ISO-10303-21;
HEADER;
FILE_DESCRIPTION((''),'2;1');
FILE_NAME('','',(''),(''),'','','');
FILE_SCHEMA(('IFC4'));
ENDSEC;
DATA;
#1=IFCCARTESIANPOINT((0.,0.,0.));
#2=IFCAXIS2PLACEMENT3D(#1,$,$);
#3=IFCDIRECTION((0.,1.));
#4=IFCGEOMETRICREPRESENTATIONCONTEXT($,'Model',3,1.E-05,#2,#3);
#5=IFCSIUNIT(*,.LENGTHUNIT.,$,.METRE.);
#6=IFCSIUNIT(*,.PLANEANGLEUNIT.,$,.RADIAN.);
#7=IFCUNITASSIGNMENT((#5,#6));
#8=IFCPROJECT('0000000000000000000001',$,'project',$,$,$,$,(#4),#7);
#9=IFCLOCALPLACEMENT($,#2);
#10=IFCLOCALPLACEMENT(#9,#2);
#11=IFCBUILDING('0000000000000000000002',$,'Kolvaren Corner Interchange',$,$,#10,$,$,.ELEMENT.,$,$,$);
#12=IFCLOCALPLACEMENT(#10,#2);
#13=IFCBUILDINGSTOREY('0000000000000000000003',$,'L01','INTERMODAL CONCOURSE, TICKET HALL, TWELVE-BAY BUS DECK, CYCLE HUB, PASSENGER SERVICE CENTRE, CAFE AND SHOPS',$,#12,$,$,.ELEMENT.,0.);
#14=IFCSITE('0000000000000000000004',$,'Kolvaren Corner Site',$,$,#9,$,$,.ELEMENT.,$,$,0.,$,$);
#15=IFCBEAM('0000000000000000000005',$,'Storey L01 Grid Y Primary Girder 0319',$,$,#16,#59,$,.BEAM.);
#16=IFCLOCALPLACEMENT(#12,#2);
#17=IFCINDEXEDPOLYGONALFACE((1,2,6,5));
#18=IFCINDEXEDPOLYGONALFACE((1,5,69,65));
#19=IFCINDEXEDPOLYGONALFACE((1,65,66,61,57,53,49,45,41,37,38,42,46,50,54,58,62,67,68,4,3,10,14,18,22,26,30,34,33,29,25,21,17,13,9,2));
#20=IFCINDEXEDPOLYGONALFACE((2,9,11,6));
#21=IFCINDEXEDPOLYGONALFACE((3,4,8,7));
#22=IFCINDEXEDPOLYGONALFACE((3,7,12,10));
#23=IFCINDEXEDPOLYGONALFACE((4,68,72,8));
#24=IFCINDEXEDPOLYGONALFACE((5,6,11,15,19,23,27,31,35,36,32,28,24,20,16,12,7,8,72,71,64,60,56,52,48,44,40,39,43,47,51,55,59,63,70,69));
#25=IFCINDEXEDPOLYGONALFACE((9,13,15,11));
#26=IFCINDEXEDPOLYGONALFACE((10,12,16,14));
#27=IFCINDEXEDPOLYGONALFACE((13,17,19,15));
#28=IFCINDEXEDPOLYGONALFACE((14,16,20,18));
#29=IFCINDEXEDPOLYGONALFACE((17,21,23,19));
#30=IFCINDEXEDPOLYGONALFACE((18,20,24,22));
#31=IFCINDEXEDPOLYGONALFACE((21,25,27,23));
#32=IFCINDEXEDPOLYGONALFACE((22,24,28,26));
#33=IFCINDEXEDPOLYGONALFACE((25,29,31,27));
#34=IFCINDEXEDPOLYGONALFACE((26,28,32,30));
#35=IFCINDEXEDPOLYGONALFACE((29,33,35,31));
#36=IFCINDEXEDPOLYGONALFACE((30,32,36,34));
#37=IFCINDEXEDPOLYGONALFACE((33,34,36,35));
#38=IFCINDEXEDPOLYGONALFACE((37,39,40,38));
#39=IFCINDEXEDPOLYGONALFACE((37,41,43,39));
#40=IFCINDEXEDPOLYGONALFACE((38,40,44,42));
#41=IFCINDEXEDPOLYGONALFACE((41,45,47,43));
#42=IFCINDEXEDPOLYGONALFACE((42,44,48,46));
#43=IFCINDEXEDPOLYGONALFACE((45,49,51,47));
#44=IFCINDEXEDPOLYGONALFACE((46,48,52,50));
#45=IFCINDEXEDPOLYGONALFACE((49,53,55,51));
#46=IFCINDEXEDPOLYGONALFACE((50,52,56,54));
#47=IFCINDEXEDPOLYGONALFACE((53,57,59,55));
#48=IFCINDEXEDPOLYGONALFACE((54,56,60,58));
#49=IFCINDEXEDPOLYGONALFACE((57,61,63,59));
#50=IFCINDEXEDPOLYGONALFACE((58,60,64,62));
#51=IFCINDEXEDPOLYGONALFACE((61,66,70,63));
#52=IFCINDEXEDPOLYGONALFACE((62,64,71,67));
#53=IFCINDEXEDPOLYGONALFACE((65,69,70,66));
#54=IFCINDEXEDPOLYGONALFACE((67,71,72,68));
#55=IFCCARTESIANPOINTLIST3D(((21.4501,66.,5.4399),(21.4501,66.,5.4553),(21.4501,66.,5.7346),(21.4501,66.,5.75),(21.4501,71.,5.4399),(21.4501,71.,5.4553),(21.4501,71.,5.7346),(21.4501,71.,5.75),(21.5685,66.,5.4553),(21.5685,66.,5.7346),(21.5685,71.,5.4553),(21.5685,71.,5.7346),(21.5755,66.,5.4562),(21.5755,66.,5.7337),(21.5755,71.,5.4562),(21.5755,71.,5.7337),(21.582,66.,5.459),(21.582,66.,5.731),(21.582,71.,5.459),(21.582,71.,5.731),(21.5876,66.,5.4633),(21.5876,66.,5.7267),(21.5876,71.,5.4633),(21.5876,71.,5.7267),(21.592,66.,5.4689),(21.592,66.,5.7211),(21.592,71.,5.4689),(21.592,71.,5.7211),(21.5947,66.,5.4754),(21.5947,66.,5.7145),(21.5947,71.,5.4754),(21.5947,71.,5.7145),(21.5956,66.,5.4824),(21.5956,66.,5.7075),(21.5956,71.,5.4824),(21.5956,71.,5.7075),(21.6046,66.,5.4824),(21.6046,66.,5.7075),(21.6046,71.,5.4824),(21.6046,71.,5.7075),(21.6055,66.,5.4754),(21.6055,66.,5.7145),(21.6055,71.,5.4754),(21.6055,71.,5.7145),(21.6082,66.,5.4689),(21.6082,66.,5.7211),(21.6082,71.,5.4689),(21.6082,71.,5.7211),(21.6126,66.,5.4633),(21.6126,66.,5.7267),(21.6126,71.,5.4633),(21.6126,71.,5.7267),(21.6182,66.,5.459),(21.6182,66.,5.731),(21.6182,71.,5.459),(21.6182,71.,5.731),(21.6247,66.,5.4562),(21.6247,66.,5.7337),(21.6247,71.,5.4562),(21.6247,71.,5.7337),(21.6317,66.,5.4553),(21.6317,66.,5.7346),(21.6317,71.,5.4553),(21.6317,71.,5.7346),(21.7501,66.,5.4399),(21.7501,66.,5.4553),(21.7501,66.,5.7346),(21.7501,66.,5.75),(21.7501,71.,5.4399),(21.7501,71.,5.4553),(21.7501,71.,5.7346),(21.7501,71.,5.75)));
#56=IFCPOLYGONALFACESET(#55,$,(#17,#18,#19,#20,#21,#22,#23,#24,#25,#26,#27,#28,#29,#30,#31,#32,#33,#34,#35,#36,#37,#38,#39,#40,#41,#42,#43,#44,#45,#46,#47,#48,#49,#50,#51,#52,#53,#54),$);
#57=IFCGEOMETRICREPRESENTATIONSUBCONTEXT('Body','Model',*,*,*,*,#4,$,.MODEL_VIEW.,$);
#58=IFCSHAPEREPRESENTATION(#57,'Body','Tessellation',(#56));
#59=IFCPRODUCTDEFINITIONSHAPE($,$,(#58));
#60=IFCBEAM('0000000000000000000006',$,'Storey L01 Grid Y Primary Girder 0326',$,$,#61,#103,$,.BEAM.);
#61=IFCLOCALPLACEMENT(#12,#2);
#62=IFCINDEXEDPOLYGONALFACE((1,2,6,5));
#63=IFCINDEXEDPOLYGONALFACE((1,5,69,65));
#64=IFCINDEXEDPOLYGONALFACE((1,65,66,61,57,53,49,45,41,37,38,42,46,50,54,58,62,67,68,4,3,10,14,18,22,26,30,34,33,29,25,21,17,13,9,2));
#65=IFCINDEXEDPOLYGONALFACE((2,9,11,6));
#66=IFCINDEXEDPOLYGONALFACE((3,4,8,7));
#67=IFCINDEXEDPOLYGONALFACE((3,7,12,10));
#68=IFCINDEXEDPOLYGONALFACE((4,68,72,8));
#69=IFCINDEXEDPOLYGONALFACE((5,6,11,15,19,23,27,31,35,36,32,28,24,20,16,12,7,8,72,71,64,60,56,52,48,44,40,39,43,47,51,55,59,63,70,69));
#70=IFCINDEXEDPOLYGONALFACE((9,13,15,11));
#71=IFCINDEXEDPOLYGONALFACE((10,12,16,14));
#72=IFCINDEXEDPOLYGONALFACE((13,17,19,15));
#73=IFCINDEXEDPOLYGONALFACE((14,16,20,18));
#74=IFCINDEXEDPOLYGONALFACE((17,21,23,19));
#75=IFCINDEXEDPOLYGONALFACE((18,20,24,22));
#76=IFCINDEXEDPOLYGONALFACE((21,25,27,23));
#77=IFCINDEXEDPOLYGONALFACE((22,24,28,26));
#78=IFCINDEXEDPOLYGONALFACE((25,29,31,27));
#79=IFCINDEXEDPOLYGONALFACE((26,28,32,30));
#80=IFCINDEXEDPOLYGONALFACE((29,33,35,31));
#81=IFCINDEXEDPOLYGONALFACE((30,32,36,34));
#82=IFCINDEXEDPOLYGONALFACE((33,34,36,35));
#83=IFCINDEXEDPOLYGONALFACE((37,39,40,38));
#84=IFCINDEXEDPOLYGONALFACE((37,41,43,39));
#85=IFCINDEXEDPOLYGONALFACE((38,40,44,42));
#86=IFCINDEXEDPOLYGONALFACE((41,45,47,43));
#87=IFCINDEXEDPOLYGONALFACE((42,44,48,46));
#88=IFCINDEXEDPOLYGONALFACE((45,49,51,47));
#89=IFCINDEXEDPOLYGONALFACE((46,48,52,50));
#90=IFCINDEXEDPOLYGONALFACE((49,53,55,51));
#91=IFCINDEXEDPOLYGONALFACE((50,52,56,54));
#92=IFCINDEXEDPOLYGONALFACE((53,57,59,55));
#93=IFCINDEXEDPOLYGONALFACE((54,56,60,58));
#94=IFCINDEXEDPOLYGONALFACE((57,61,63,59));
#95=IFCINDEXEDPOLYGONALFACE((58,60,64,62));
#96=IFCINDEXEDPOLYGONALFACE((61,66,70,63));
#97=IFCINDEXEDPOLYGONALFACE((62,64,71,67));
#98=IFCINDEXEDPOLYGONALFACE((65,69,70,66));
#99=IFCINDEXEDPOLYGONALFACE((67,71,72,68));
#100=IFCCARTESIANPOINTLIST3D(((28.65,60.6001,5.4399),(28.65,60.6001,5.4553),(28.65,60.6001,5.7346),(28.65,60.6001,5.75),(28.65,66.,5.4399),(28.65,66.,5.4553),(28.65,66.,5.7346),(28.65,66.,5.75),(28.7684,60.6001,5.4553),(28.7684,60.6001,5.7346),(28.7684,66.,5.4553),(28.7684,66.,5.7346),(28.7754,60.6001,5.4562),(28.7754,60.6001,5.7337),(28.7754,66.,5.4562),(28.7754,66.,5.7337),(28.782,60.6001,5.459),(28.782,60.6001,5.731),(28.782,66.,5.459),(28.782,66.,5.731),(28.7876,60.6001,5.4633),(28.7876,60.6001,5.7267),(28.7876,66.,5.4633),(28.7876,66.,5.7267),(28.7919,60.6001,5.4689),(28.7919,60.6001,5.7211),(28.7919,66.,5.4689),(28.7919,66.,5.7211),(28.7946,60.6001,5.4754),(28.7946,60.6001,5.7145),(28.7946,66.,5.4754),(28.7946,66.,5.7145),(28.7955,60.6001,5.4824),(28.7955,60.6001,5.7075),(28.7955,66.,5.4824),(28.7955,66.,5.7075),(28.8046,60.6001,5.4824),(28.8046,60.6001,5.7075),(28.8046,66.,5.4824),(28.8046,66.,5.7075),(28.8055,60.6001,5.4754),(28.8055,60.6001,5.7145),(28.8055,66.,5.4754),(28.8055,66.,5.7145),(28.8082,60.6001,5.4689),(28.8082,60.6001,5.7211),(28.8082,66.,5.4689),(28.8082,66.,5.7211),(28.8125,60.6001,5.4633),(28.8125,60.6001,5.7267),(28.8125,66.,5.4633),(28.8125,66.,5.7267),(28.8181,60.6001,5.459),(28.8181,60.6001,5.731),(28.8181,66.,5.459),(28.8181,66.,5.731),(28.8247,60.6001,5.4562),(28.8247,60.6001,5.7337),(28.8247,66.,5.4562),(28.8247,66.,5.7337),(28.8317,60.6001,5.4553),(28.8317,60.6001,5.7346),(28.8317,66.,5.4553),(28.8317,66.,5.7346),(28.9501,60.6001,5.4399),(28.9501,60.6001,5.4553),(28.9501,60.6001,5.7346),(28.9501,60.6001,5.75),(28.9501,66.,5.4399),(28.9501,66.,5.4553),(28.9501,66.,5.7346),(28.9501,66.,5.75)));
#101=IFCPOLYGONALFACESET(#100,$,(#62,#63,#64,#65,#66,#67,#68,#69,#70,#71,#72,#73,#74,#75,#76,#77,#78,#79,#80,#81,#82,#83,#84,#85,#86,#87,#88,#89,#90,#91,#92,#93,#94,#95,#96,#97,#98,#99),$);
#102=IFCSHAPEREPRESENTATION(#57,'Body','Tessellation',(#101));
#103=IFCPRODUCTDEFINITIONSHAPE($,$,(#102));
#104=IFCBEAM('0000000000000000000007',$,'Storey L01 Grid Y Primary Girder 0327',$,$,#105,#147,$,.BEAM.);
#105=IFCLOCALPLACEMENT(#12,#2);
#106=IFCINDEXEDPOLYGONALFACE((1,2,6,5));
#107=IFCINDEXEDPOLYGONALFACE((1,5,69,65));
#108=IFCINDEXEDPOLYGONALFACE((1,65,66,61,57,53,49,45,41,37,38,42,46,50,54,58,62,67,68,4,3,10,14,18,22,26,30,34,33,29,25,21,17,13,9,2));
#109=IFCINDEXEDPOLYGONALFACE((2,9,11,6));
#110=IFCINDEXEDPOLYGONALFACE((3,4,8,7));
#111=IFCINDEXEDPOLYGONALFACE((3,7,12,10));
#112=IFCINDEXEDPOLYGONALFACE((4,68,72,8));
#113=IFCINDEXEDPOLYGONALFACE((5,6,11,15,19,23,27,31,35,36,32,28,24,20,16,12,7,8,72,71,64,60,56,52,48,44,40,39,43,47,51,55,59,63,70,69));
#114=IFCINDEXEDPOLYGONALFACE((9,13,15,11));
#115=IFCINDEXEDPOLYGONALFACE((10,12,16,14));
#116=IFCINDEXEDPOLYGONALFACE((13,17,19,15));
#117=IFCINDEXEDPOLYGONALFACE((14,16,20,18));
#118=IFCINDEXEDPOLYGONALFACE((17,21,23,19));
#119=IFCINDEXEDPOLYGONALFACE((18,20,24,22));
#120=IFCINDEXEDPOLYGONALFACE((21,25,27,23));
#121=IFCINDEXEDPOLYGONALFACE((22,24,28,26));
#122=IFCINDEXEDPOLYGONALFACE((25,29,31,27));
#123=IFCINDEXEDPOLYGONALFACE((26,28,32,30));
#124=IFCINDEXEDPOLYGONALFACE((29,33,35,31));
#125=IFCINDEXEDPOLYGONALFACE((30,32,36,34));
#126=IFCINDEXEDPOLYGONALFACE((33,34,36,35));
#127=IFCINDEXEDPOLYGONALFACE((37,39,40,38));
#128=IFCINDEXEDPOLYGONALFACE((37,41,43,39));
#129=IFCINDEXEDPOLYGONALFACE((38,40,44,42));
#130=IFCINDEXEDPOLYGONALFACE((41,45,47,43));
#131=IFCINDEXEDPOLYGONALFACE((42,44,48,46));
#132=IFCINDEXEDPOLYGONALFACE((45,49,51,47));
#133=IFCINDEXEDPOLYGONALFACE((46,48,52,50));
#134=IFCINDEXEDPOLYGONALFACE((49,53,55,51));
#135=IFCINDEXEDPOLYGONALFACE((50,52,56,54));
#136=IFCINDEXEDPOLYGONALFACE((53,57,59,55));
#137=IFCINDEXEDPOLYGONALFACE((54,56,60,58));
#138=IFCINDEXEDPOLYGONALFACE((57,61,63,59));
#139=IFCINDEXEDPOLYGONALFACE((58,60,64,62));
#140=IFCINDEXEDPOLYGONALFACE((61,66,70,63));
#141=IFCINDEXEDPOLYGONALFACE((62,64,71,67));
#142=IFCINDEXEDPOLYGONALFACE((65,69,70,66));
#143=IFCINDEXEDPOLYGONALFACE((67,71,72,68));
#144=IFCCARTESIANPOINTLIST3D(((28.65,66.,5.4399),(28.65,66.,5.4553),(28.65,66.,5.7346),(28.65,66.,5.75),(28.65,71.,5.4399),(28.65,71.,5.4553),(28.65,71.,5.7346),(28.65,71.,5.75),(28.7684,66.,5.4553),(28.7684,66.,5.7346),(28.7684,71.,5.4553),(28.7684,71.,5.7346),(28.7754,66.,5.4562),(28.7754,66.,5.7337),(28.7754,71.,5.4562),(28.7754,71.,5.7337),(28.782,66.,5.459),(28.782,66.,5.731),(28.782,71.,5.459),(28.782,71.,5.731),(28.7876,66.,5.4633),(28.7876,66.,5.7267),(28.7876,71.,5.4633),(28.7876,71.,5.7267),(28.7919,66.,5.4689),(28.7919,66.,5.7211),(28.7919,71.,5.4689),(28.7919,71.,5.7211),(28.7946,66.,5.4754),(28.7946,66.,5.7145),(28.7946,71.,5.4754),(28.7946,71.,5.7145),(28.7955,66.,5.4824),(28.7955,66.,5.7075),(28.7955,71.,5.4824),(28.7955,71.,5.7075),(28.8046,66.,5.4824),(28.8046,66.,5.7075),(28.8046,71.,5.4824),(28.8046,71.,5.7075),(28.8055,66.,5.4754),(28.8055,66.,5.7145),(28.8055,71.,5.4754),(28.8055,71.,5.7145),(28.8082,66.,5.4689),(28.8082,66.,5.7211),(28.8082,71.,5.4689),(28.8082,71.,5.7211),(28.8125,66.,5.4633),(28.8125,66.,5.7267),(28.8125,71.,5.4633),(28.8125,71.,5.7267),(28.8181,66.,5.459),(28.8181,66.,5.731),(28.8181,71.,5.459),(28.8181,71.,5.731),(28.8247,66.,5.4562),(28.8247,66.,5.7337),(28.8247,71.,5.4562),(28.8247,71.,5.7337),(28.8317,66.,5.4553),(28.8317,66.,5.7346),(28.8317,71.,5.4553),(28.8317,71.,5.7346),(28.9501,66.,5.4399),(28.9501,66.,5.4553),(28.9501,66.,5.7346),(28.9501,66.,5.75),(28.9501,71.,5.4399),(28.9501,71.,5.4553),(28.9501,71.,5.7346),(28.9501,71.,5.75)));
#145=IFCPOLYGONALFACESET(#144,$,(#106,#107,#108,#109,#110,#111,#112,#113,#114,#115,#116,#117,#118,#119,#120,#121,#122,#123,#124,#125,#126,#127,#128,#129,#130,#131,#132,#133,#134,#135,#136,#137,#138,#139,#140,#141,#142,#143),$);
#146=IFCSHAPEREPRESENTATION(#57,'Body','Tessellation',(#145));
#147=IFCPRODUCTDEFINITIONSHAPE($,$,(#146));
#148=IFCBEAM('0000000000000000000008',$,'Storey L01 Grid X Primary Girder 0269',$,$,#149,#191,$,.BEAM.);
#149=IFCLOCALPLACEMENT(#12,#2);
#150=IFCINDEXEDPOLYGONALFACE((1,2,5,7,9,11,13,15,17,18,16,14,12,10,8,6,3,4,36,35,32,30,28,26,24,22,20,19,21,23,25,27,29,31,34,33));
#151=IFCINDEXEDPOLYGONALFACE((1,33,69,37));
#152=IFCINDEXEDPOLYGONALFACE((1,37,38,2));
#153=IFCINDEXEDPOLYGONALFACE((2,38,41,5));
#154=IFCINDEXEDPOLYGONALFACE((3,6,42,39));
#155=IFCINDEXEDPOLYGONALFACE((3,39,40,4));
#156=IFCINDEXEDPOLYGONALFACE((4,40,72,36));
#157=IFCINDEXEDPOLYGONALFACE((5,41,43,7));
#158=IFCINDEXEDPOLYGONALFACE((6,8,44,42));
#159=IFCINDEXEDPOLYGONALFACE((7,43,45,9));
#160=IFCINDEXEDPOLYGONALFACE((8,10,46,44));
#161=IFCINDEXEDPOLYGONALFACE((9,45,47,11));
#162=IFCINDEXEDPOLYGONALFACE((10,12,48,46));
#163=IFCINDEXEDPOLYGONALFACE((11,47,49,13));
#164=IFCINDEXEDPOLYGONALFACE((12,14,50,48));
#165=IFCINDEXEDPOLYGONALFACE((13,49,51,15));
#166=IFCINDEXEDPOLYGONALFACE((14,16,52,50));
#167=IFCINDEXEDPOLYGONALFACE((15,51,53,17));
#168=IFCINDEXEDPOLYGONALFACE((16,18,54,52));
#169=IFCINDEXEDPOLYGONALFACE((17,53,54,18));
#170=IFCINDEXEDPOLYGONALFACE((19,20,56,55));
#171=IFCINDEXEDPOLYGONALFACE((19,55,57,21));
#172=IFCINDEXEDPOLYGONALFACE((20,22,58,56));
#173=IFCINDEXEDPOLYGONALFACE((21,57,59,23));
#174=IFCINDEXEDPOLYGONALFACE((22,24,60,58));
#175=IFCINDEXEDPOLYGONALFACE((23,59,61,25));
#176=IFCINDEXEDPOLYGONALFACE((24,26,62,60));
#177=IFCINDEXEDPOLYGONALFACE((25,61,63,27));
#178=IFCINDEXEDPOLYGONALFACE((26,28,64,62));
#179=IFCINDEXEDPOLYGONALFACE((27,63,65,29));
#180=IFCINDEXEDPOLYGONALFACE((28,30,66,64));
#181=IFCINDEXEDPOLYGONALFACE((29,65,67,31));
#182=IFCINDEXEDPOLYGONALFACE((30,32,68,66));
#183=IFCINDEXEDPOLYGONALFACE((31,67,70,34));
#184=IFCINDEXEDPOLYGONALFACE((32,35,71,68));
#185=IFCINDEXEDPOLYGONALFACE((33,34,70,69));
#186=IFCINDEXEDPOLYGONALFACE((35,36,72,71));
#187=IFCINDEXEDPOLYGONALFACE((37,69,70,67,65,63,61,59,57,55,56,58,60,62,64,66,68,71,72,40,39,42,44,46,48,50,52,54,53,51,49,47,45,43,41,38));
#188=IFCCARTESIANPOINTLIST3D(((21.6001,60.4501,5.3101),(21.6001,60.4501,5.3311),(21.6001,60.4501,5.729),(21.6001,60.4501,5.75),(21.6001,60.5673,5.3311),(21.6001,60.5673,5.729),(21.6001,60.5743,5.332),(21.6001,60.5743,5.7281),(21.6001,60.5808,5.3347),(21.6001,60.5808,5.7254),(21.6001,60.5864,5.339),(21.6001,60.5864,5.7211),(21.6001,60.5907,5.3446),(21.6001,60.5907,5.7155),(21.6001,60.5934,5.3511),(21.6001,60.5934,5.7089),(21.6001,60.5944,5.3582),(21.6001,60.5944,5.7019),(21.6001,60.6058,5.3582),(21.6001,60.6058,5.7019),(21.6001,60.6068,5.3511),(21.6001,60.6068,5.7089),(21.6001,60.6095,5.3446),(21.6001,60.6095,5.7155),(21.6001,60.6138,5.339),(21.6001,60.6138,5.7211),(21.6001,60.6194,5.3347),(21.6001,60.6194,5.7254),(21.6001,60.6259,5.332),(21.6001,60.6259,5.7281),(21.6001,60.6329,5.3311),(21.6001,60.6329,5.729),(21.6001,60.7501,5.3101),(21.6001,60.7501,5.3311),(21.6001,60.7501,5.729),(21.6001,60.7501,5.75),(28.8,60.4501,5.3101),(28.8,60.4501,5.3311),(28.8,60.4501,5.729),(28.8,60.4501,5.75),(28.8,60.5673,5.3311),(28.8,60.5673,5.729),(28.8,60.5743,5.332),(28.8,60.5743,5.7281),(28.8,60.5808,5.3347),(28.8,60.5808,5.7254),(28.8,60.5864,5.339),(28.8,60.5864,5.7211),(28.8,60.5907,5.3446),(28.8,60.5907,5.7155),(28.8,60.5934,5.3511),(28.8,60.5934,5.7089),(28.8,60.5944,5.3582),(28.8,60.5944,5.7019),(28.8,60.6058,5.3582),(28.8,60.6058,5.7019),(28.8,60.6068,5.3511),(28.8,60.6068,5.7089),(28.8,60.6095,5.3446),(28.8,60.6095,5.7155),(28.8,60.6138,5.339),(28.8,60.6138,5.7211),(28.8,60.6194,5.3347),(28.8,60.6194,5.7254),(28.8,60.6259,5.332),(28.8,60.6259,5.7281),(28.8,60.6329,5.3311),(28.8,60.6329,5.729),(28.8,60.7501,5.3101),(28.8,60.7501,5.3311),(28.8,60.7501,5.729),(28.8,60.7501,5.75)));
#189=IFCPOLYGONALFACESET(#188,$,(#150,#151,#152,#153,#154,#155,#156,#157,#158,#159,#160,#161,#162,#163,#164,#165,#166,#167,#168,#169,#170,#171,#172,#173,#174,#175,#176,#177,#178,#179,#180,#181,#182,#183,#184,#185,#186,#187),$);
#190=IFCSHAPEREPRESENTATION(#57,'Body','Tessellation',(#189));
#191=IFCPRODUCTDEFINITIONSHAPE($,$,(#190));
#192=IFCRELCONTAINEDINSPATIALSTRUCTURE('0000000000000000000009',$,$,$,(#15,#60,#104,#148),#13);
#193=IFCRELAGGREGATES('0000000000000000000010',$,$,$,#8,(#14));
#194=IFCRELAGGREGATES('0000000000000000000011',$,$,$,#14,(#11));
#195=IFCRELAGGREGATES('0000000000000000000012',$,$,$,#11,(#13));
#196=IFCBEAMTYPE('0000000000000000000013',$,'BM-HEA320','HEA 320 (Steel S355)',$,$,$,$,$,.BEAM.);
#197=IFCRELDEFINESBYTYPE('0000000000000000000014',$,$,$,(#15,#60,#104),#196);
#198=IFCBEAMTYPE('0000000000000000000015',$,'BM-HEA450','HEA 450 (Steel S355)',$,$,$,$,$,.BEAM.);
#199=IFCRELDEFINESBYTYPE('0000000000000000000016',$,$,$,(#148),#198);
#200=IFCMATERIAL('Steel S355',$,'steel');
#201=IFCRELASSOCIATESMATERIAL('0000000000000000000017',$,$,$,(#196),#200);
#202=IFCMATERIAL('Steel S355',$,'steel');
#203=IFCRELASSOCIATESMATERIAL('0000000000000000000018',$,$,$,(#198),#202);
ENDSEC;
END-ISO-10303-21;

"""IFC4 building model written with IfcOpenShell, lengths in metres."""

from ifc_helpers import new_model, si_unit, direction, frame, origin, origin_2d, place, context, subcontext, project, spatial, i_section, extrude, material, material_profile, profile_set, type_object, element, save


model = new_model("IFC4")

# Units and contexts
model_context = context("Model", 3, precision=1e-05, world=origin(), true_north=direction((0.0, 1.0)))
body_context = subcontext(model_context, "Body", "Model", "MODEL_VIEW")
ifc_project = project(units=[si_unit("LENGTHUNIT", "METRE"), si_unit("PLANEANGLEUNIT", "RADIAN")], contexts=[model_context])

# Site, building, storey
site_placement = place(None, origin())
site = spatial("IfcSite", under=ifc_project, at=site_placement, Name="Kolvaren Corner Site", CompositionType="ELEMENT", RefElevation=0.0)
building_placement = place(site_placement, origin())
building = spatial("IfcBuilding", under=site, at=building_placement, Name="Kolvaren Corner Interchange", CompositionType="ELEMENT")
storey_placement = place(building_placement, origin())
storey = spatial("IfcBuildingStorey", under=building, at=storey_placement, Name="L01", Description="INTERMODAL CONCOURSE, TICKET HALL, TWELVE-BAY BUS DECK, CYCLE HUB, PASSENGER SERVICE CENTRE, CAFE AND SHOPS", CompositionType="ELEMENT", Elevation=0.0)

# Beams
ifc_material_1 = material(Name="Steel S355", Category="steel")
ifc_material_profile_1 = material_profile(ifc_material_1, i_section(OverallWidth=0.3, OverallDepth=0.3101, WebThickness=0.009, FlangeThickness=0.0154, FilletRadius=0.0271, at=origin_2d()), Name="HEA 320")
ifc_profile_set_1 = profile_set([ifc_material_profile_1], Name="Steel S355")
beam_type_1 = type_object("IfcBeamType", Name="BM-HEA320", Description="HEA 320 (Steel S355)", PredefinedType="BEAM", material=ifc_profile_set_1)
beam_1_placement = place(storey_placement, frame((21.6001, 66.0, 5.595), z_axis=(0.0, 1.0, 0.0), x_axis=(-1.0, 0.0, 0.0)))
element("IfcBeam", 1, at=beam_1_placement, inside=storey, type_object=beam_type_1, Name="Storey L01 Grid Y Primary Girder 0319", PredefinedType="BEAM", context=body_context, shape_type="SweptSolid", body=[
    extrude(i_section(OverallWidth=0.3, OverallDepth=0.3101, WebThickness=0.009, FlangeThickness=0.0154, FilletRadius=0.0271, at=origin_2d()), origin(), (0.0, 0.0, 1.0), 5.0),
])
beam_2_placement = place(storey_placement, frame((28.8, 60.6001, 5.595), z_axis=(0.0, 1.0, 0.0), x_axis=(-1.0, 0.0, 0.0)))
element("IfcBeam", 2, at=beam_2_placement, inside=storey, type_object=beam_type_1, Name="Storey L01 Grid Y Primary Girder 0326", PredefinedType="BEAM", context=body_context, shape_type="SweptSolid", body=[
    extrude(i_section(OverallWidth=0.3, OverallDepth=0.3101, WebThickness=0.009, FlangeThickness=0.0154, FilletRadius=0.0271, at=origin_2d()), origin(), (0.0, 0.0, 1.0), 5.3999),
])
beam_3_placement = place(storey_placement, frame((28.8, 66.0, 5.595), z_axis=(0.0, 1.0, 0.0), x_axis=(-1.0, 0.0, 0.0)))
element("IfcBeam", 3, at=beam_3_placement, inside=storey, type_object=beam_type_1, Name="Storey L01 Grid Y Primary Girder 0327", PredefinedType="BEAM", context=body_context, shape_type="SweptSolid", body=[
    extrude(i_section(OverallWidth=0.3, OverallDepth=0.3101, WebThickness=0.009, FlangeThickness=0.0154, FilletRadius=0.0271, at=origin_2d()), origin(), (0.0, 0.0, 1.0), 5.0),
])
ifc_material_2 = material(Name="Steel S355", Category="steel")
ifc_material_profile_2 = material_profile(ifc_material_2, i_section(OverallWidth=0.3, OverallDepth=0.4399, WebThickness=0.0115, FlangeThickness=0.021, FilletRadius=0.0271, at=origin_2d()), Name="HEA 450")
ifc_profile_set_2 = profile_set([ifc_material_profile_2], Name="Steel S355")
beam_type_2 = type_object("IfcBeamType", Name="BM-HEA450", Description="HEA 450 (Steel S355)", PredefinedType="BEAM", material=ifc_profile_set_2)
for number, where, z_axis, x_axis, name in (
    (4, (21.6001, 60.6001, 5.53), (1.0, 0.0, 0.0), (0.0, 1.0, 0.0), "Storey L01 Grid X Primary Girder 0269"),
):
    element("IfcBeam", number, at=place(storey_placement, frame(where, z_axis=z_axis, x_axis=x_axis)), inside=storey, type_object=beam_type_2, Name=name, PredefinedType="BEAM", context=body_context, shape_type="SweptSolid", body=[
        extrude(i_section(OverallWidth=0.3, OverallDepth=0.4399, WebThickness=0.0115, FlangeThickness=0.021, FilletRadius=0.0271, at=origin_2d()), origin(), (0.0, 0.0, 1.0), 7.2),
    ])

save(model, "model.ifc")
